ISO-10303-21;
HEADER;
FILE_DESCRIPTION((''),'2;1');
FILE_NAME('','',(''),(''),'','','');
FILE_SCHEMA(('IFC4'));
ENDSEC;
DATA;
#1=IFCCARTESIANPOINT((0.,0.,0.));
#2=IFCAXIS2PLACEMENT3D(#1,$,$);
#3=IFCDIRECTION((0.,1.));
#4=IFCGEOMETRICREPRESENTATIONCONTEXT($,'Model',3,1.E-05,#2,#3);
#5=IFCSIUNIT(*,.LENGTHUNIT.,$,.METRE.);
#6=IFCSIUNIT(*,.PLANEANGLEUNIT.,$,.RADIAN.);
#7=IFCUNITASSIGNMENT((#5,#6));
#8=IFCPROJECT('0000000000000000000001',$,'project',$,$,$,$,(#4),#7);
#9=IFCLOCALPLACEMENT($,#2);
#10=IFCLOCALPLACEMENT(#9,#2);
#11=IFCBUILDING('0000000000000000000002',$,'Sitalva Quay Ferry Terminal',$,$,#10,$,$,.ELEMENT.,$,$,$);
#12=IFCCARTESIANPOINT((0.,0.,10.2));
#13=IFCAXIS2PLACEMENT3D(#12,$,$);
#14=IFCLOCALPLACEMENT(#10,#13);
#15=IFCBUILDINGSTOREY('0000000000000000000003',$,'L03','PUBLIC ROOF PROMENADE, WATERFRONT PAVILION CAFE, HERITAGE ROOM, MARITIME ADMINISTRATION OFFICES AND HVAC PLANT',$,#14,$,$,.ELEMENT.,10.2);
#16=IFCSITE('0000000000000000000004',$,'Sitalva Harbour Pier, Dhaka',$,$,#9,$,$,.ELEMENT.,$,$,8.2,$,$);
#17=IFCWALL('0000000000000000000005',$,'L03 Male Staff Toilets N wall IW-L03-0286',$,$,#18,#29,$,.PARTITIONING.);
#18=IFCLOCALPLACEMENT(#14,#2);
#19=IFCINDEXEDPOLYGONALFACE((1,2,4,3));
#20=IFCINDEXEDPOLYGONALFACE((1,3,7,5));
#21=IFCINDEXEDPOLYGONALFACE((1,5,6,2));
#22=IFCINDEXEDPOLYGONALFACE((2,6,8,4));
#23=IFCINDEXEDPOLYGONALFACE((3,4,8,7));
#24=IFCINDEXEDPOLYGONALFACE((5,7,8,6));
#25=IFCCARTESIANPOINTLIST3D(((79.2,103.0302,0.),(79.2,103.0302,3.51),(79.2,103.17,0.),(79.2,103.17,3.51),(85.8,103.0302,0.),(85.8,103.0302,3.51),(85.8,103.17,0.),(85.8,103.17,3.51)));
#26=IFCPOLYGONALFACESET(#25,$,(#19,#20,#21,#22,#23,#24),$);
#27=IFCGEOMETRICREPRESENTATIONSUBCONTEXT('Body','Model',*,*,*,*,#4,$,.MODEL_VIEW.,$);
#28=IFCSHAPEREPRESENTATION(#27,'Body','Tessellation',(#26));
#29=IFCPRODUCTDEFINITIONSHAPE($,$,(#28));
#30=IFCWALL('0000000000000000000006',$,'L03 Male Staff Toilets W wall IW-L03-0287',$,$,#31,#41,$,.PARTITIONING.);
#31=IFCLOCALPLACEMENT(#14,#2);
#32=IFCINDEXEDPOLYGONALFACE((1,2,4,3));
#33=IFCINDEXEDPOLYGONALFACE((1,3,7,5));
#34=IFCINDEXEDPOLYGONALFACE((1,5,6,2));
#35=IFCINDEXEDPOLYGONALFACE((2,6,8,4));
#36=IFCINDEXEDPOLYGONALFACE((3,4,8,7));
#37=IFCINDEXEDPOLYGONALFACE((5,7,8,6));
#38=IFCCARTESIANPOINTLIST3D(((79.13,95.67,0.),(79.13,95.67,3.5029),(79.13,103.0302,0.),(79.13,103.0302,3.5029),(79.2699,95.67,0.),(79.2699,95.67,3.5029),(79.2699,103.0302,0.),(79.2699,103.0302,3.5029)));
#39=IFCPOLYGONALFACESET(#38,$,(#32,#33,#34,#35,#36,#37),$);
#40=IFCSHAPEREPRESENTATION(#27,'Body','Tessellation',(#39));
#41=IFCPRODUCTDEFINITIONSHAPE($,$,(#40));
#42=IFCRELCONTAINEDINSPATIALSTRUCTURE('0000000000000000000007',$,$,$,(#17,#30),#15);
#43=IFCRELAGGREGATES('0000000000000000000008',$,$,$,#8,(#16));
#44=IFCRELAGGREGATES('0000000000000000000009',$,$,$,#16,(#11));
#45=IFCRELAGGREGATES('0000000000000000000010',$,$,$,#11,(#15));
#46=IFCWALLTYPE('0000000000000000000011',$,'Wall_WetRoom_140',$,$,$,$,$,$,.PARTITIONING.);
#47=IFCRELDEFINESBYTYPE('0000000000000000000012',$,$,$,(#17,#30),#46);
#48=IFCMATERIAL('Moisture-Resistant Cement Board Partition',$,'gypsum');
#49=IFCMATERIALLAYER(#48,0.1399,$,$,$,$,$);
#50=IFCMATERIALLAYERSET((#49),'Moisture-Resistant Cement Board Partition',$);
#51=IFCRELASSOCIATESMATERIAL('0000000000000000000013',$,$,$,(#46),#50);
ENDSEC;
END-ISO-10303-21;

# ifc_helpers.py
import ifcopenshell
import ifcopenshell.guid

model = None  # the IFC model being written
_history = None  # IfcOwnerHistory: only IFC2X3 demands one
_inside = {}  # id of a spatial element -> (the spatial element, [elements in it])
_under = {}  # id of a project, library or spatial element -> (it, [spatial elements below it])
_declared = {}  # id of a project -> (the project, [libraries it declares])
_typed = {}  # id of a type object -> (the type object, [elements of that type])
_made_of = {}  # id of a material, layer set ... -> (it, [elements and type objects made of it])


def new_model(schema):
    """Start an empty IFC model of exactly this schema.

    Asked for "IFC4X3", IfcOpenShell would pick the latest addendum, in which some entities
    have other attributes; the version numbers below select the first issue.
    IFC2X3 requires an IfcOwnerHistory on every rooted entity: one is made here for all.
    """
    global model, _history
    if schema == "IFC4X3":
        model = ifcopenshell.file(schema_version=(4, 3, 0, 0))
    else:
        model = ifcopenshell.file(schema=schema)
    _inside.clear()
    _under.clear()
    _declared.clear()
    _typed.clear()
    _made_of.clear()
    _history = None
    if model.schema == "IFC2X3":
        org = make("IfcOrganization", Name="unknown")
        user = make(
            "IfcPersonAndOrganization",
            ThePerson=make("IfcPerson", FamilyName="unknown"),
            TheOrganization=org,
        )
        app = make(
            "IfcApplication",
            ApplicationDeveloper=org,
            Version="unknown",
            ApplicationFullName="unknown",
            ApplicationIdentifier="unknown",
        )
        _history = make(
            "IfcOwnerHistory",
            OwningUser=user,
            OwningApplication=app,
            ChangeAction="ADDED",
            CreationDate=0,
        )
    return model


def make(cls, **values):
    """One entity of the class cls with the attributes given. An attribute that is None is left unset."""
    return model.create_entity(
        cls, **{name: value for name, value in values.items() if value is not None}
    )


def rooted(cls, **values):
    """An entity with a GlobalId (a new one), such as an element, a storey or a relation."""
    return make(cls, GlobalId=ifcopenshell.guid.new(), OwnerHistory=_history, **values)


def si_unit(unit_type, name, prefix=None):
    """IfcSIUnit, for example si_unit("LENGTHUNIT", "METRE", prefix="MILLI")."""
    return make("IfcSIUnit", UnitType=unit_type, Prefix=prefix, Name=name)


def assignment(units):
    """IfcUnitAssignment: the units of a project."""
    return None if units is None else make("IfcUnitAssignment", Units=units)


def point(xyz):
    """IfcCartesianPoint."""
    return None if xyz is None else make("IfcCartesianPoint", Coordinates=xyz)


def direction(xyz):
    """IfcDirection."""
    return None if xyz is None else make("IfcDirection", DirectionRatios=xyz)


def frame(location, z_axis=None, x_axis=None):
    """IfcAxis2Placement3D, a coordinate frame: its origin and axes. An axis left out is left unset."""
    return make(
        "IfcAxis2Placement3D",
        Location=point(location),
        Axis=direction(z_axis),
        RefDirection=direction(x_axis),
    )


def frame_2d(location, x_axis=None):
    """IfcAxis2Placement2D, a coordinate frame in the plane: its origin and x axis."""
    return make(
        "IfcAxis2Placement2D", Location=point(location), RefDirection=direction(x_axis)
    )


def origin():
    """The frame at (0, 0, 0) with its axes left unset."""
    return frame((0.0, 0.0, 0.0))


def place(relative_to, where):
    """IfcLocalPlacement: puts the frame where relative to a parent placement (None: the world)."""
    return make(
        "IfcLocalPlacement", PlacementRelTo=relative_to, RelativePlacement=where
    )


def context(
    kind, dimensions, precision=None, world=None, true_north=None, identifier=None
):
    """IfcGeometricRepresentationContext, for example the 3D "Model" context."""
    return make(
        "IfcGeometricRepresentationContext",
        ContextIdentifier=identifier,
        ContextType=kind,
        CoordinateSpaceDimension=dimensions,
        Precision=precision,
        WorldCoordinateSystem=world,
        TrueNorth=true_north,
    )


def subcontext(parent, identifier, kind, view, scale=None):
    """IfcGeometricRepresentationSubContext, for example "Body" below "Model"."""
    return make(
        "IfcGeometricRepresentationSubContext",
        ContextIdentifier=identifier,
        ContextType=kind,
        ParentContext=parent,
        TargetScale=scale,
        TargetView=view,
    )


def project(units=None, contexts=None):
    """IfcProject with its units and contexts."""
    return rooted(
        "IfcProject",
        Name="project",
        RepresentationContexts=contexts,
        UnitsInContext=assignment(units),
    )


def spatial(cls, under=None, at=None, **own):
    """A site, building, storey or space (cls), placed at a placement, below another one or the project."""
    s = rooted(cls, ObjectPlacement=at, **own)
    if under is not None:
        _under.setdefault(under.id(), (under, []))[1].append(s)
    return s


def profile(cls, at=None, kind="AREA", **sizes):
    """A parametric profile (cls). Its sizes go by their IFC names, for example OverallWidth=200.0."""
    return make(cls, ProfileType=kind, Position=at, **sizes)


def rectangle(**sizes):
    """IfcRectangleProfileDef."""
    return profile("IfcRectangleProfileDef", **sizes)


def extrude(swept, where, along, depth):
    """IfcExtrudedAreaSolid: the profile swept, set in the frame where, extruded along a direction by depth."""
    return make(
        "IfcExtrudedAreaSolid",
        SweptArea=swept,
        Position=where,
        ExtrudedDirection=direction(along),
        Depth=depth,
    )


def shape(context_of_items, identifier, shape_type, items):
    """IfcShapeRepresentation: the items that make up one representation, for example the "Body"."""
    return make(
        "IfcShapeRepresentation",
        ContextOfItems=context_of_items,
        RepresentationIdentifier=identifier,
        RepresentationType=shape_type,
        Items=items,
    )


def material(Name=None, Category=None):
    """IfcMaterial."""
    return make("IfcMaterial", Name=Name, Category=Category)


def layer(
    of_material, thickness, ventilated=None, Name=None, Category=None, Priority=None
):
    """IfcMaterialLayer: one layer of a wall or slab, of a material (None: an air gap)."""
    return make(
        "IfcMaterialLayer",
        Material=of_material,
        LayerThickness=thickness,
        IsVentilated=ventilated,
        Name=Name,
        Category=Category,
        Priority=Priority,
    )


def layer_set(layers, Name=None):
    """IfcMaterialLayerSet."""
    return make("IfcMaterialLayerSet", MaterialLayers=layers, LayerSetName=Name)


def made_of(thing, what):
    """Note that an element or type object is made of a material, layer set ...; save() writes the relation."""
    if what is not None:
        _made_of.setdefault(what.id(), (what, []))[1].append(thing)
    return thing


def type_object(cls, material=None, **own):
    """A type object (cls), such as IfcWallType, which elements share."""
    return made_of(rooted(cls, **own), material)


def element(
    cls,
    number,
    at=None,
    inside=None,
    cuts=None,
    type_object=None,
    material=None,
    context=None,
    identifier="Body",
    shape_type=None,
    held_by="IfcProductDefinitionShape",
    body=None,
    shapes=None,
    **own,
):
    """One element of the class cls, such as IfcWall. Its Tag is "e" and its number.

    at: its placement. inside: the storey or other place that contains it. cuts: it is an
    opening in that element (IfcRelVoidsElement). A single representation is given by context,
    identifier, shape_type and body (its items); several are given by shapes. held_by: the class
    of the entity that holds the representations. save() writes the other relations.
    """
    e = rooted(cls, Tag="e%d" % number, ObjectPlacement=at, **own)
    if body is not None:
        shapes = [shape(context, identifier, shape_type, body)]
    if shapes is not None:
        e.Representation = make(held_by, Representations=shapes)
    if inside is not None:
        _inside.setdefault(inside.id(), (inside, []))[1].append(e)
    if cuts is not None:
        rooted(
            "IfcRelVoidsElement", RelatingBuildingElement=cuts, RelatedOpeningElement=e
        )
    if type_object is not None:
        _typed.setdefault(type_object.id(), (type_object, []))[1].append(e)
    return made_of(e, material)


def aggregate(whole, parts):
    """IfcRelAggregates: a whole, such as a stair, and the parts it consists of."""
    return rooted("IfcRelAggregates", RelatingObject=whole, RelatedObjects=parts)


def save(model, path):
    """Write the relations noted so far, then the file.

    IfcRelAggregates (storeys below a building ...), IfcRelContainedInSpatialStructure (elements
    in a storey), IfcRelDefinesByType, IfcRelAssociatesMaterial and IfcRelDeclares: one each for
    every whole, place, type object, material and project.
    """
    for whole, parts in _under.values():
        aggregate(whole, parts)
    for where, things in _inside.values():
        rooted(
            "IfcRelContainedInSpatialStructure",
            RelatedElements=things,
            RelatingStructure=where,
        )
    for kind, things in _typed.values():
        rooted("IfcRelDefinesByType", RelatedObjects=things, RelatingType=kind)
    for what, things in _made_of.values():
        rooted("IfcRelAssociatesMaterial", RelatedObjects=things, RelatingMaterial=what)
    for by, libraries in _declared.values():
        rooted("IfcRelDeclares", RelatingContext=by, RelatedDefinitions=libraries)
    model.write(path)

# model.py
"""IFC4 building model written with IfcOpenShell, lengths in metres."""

from ifc_helpers import new_model, si_unit, direction, frame, frame_2d, origin, place, context, subcontext, project, spatial, rectangle, extrude, material, layer, layer_set, type_object, element, save


model = new_model("IFC4")

# Units and contexts
model_context = context("Model", 3, precision=1e-05, world=origin(), true_north=direction((0.0, 1.0)))
body_context = subcontext(model_context, "Body", "Model", "MODEL_VIEW")
ifc_project = project(units=[si_unit("LENGTHUNIT", "METRE"), si_unit("PLANEANGLEUNIT", "RADIAN")], contexts=[model_context])

# Site, building, storey
site_placement = place(None, origin())
site = spatial("IfcSite", under=ifc_project, at=site_placement, Name="Sitalva Harbour Pier, Dhaka", CompositionType="ELEMENT", RefElevation=8.2)
building_placement = place(site_placement, origin())
building = spatial("IfcBuilding", under=site, at=building_placement, Name="Sitalva Quay Ferry Terminal", CompositionType="ELEMENT")
storey_placement = place(building_placement, frame((0.0, 0.0, 10.2)))
storey = spatial("IfcBuildingStorey", under=building, at=storey_placement, Name="L03", Description="PUBLIC ROOF PROMENADE, WATERFRONT PAVILION CAFE, HERITAGE ROOM, MARITIME ADMINISTRATION OFFICES AND HVAC PLANT", CompositionType="ELEMENT", Elevation=10.2)

# Shared definitions
ifc_material_1 = material(Name="Moisture-Resistant Cement Board Partition", Category="gypsum")
ifc_layer_1 = layer(ifc_material_1, 0.1399)
ifc_layer_set_1 = layer_set([ifc_layer_1], Name="Moisture-Resistant Cement Board Partition")
wall_type_1 = type_object("IfcWallType", Name="Wall_WetRoom_140", PredefinedType="PARTITIONING", material=ifc_layer_set_1)

# Walls
wall_1_placement = place(storey_placement, frame((79.2, 103.1001, 0.0), z_axis=(0.0, 0.0, 1.0), x_axis=(1.0, 0.0, 0.0)))
element("IfcWall", 1, at=wall_1_placement, inside=storey, type_object=wall_type_1, Name="L03 Male Staff Toilets N wall IW-L03-0286", PredefinedType="PARTITIONING", context=body_context, shape_type="SweptSolid", body=[
    extrude(rectangle(XDim=6.6001, YDim=0.1399, at=frame_2d((3.3, 0.0))), origin(), (0.0, 0.0, 1.0), 3.51),
])
wall_2_placement = place(storey_placement, frame((79.2, 95.6699, 0.0), z_axis=(0.0, 0.0, 1.0), x_axis=(0.0, 1.0, 0.0)))
element("IfcWall", 2, at=wall_2_placement, inside=storey, type_object=wall_type_1, Name="L03 Male Staff Toilets W wall IW-L03-0287", PredefinedType="PARTITIONING", context=body_context, shape_type="SweptSolid", body=[
    extrude(rectangle(XDim=7.3601, YDim=0.1399, at=frame_2d((3.6802, 0.0))), origin(), (0.0, 0.0, 1.0), 3.5029),
])

save(model, "model.ifc")
